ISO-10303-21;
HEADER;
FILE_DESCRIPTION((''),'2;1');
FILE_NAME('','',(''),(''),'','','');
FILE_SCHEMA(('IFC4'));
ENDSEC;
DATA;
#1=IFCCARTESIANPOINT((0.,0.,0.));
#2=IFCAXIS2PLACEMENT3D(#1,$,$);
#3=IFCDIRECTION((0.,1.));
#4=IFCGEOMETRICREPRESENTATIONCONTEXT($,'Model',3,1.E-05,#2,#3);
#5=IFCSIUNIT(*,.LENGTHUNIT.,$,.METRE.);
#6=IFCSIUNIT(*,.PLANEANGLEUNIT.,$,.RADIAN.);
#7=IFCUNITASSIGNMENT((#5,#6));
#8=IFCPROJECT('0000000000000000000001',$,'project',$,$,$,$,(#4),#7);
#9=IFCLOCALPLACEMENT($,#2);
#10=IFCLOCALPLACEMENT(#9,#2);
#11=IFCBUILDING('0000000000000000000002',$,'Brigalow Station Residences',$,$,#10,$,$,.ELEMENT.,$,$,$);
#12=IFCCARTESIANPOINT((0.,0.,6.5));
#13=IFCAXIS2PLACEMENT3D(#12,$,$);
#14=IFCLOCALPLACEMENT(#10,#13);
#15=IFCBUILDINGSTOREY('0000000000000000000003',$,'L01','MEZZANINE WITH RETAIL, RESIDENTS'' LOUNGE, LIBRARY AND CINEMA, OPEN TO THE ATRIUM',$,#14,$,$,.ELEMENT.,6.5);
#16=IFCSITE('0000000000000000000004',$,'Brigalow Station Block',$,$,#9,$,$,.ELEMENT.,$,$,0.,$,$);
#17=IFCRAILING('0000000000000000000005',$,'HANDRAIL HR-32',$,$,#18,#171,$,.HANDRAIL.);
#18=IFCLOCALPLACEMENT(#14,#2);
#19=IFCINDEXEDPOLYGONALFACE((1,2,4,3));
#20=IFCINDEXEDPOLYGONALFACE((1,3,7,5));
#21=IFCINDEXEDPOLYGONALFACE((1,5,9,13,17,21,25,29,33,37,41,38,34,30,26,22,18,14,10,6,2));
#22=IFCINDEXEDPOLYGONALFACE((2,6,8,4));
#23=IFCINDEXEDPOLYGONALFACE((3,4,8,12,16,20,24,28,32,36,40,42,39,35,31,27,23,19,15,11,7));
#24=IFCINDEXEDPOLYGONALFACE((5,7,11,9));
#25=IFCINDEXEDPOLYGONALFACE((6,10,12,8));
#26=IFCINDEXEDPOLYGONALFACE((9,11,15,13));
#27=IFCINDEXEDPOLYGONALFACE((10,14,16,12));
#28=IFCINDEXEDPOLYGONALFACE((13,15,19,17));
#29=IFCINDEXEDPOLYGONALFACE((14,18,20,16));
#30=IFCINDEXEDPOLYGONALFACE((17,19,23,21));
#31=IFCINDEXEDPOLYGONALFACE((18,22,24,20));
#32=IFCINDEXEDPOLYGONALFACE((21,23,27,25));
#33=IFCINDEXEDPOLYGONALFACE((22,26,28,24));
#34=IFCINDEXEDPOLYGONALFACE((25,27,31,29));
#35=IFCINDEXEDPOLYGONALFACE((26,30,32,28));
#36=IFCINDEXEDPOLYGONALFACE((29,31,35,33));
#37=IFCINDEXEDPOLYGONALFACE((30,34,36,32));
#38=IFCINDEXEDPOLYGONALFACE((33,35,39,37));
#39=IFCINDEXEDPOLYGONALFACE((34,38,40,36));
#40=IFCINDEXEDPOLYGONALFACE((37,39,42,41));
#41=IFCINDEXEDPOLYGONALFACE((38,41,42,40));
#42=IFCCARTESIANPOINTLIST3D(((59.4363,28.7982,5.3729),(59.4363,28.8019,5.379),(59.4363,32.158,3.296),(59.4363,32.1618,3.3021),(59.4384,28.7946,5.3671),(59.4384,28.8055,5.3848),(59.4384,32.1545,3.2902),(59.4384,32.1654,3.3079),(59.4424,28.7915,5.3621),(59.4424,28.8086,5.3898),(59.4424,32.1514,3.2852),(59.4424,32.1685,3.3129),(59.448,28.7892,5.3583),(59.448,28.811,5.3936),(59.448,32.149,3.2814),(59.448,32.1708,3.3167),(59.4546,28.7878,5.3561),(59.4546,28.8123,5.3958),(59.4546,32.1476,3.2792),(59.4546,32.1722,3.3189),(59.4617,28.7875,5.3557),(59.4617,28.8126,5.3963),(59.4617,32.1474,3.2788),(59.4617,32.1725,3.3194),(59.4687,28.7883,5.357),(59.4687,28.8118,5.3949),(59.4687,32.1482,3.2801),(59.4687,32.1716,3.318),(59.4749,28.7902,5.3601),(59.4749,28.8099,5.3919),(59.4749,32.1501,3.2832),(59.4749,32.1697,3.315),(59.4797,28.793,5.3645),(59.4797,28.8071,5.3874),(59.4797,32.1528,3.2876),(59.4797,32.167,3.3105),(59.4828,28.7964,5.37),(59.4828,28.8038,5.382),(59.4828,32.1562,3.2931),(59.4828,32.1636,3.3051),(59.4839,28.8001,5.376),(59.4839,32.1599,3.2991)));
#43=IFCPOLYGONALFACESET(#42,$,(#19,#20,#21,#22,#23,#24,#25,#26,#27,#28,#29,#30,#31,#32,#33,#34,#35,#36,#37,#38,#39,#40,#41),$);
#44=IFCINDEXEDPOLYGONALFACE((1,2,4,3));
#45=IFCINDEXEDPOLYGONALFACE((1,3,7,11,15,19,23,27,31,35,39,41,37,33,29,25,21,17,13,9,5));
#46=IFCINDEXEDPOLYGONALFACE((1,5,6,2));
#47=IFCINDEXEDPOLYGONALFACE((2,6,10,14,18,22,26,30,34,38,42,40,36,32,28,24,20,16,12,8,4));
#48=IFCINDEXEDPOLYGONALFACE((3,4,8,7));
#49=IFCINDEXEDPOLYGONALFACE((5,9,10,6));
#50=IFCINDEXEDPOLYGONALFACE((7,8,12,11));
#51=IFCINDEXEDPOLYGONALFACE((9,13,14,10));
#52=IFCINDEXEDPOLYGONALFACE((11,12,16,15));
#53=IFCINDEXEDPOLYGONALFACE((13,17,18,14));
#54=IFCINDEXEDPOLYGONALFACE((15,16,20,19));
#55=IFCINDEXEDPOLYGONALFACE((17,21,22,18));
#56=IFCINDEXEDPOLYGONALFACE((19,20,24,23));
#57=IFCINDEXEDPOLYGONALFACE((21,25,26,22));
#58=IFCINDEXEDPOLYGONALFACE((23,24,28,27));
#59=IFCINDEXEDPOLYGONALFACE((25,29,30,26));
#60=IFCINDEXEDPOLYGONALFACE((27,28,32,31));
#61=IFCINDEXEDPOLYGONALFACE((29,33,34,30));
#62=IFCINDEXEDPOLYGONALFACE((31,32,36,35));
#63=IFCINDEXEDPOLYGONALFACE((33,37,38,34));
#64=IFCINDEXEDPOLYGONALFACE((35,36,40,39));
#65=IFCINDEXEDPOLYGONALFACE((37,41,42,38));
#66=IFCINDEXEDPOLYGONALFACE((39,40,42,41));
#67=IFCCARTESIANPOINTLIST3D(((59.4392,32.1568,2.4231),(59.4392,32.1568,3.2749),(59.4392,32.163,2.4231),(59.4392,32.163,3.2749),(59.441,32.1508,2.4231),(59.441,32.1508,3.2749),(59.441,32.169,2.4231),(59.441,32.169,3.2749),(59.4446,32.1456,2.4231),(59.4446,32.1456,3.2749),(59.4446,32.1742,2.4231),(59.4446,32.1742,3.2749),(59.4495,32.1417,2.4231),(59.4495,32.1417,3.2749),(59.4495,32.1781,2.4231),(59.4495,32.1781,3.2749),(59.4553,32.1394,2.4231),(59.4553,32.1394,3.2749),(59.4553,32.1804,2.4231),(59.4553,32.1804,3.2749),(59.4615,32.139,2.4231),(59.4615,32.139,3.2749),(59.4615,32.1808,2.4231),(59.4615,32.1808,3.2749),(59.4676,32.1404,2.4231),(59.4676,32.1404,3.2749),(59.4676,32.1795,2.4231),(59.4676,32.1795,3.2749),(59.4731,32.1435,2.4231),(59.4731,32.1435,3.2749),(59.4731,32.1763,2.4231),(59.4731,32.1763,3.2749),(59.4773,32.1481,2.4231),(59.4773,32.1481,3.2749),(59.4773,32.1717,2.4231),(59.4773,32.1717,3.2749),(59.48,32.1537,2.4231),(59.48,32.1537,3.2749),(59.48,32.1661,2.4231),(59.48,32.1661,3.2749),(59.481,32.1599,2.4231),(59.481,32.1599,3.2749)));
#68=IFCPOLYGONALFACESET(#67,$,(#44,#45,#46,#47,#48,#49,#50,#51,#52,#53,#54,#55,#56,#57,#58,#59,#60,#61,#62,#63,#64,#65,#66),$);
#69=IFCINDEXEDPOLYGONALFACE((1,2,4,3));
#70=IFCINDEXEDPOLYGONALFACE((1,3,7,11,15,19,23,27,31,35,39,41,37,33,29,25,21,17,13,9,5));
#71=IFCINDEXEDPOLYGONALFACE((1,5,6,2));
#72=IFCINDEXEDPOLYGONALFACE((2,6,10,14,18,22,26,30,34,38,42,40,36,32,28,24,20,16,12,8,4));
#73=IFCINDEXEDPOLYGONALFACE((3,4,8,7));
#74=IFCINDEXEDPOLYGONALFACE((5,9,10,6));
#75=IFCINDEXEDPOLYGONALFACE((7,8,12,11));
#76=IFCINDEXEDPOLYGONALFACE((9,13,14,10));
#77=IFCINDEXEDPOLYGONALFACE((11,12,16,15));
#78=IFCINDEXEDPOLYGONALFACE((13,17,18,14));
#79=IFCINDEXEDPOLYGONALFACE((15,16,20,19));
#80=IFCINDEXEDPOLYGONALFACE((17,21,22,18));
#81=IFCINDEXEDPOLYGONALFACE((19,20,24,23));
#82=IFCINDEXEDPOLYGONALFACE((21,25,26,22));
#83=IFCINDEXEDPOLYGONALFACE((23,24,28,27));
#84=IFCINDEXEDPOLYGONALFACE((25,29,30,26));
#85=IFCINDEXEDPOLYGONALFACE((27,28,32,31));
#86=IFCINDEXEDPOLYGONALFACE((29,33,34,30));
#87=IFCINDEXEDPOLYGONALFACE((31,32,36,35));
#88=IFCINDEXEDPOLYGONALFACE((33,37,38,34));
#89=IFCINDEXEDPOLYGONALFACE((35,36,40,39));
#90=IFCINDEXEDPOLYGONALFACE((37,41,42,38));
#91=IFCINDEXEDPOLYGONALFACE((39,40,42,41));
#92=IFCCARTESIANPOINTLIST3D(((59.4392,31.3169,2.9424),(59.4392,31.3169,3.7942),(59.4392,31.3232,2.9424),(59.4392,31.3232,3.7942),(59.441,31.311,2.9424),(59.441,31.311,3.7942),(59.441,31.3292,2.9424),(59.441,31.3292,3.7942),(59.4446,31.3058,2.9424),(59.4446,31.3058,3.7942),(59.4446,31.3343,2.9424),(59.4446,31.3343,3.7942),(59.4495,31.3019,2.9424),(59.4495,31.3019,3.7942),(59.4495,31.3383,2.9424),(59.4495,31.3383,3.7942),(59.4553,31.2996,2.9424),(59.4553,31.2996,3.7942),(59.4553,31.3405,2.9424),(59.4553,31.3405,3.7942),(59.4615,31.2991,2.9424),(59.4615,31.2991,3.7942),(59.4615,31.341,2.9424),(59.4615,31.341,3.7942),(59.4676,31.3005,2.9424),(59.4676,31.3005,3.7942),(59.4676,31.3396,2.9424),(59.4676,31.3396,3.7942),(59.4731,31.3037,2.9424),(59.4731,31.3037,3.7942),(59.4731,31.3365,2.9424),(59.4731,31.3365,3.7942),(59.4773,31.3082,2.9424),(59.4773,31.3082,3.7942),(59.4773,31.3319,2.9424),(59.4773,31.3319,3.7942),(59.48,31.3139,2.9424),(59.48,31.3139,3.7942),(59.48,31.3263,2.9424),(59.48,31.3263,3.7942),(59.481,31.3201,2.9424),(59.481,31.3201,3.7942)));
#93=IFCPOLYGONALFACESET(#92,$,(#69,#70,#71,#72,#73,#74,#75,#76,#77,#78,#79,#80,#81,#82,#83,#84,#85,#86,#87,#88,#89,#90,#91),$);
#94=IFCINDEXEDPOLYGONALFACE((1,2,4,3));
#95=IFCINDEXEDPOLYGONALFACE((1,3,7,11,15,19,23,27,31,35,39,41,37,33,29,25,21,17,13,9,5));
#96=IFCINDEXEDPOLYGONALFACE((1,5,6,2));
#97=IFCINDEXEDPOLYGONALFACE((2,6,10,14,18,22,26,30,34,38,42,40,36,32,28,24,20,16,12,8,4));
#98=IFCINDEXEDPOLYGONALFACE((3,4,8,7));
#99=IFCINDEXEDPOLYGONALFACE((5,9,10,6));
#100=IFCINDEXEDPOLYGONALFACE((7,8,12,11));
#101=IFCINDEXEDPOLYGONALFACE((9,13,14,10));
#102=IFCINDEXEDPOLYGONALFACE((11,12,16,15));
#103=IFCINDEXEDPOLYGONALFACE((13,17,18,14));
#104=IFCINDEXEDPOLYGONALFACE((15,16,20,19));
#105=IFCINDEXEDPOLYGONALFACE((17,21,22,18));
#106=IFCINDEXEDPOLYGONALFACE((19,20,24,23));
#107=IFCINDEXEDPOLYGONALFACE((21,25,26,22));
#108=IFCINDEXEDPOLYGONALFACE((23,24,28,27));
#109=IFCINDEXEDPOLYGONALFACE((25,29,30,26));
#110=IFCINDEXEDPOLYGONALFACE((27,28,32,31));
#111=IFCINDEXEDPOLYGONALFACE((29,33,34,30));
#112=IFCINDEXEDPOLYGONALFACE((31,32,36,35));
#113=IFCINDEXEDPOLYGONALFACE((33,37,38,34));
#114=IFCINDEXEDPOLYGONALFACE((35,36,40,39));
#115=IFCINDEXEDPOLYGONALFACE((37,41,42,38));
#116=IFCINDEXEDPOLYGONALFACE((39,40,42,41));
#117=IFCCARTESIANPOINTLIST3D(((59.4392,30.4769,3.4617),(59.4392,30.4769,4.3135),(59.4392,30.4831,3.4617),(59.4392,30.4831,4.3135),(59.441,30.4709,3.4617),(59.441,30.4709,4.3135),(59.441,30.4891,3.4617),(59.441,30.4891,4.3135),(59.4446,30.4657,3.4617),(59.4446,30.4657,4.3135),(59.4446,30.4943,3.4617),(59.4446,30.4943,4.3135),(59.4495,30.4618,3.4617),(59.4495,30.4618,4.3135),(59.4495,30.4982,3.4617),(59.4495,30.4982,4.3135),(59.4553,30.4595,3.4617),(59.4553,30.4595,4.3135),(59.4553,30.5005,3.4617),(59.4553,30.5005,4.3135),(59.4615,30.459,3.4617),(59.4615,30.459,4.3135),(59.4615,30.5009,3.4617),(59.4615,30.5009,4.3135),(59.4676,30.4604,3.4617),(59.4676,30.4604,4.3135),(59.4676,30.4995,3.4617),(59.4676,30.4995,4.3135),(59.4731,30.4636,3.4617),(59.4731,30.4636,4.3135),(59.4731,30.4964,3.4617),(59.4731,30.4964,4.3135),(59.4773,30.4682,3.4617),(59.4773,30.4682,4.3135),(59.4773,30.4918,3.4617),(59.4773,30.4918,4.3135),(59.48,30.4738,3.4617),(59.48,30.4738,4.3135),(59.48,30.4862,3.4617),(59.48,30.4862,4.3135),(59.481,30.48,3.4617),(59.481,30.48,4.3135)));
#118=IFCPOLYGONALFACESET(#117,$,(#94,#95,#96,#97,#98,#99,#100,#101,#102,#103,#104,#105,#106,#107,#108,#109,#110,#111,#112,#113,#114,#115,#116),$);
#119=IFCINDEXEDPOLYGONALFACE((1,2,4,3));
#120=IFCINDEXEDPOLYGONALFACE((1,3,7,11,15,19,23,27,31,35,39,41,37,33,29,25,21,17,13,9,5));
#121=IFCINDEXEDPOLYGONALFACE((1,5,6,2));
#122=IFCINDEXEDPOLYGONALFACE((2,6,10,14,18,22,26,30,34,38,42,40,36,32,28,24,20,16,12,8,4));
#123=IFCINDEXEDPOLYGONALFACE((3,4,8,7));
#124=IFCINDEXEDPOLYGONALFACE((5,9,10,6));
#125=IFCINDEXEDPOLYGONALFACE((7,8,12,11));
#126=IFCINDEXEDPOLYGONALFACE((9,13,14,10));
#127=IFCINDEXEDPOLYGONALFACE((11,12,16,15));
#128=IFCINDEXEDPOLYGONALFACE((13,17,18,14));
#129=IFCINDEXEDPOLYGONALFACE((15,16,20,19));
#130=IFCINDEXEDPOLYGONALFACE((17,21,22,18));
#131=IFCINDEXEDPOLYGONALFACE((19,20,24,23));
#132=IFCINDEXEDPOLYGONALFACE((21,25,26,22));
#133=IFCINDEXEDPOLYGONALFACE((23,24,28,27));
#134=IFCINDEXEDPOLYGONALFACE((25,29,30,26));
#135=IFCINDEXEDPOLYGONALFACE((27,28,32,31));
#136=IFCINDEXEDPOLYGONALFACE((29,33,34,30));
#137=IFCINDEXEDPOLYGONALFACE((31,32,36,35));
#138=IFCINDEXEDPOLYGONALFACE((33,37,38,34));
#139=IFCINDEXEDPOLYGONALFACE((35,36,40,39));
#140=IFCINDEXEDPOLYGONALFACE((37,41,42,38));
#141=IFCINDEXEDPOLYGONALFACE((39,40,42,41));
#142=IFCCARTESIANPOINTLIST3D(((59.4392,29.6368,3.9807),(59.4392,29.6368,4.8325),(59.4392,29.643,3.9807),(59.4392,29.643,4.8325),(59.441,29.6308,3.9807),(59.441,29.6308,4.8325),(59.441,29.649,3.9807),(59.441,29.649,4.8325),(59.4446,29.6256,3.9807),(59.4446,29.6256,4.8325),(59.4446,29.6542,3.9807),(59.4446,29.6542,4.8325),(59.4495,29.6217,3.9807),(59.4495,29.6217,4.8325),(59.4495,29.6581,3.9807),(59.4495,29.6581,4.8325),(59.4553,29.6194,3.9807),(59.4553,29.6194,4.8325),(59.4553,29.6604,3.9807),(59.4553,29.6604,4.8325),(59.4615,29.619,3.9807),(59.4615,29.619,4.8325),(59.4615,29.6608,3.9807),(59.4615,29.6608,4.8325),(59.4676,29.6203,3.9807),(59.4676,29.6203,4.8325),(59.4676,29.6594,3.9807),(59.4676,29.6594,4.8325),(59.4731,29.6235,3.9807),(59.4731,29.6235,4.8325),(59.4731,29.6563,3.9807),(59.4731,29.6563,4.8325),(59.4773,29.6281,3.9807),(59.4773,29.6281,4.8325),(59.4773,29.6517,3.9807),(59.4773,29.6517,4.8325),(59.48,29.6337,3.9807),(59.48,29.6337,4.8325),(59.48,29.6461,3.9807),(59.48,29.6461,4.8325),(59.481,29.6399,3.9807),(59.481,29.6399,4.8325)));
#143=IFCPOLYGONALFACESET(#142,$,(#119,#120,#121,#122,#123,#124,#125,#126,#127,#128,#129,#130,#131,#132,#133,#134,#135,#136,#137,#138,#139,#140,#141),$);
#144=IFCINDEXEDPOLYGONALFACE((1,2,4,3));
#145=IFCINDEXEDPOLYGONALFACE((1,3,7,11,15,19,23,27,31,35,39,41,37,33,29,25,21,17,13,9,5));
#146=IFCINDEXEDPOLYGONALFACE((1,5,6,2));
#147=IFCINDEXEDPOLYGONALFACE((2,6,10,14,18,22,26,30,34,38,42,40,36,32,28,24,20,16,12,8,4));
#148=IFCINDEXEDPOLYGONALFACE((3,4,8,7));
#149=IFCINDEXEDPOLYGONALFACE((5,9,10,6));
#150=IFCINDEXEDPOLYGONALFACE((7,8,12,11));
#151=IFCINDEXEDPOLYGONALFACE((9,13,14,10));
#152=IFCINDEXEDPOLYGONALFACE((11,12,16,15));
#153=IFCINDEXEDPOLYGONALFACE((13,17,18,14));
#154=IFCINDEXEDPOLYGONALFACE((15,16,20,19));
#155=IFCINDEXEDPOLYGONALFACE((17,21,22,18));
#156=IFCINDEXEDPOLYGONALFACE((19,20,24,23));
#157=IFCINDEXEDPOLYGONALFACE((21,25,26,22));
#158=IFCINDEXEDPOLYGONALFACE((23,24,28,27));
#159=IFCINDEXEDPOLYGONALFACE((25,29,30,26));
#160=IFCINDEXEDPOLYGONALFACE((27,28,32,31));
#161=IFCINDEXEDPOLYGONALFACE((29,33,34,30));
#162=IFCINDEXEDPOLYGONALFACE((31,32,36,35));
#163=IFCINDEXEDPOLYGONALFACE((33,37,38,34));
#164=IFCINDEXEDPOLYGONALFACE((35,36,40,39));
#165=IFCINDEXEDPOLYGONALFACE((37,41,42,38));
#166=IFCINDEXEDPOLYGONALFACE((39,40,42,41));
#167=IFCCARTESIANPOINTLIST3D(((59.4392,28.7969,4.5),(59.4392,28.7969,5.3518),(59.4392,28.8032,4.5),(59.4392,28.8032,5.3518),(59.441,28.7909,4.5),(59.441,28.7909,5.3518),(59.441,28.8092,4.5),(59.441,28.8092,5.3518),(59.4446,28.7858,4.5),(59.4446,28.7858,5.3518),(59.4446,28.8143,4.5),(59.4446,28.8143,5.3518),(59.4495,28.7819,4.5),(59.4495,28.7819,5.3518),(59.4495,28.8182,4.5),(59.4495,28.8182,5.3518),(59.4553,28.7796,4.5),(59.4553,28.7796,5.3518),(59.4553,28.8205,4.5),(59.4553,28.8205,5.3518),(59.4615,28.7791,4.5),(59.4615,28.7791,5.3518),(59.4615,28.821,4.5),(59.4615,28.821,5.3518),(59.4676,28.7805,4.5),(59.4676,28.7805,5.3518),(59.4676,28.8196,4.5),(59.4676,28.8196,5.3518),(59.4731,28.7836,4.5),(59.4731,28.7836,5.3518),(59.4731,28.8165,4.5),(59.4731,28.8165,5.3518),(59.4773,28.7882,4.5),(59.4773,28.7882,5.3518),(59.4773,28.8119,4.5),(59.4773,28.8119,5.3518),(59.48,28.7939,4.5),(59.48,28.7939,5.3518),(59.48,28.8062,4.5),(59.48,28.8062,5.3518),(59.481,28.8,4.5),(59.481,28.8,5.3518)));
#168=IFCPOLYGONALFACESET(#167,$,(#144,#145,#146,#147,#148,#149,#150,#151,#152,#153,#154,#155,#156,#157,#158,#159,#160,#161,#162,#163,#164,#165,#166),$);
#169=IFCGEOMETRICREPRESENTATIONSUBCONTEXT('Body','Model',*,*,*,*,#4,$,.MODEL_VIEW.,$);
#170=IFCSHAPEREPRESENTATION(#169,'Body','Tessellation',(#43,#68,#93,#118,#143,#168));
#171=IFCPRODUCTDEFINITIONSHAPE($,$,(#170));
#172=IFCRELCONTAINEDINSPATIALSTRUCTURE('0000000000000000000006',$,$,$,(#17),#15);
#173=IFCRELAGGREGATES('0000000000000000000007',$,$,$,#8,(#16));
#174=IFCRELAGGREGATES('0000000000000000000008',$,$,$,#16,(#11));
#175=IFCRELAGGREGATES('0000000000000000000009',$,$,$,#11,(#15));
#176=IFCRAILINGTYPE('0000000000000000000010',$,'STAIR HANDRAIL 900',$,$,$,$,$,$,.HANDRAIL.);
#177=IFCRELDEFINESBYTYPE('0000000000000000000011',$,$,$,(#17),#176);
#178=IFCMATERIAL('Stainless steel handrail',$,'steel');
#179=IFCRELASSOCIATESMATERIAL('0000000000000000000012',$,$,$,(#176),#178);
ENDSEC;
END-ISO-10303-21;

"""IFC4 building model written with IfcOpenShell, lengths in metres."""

from ifc_helpers import new_model, si_unit, direction, frame, origin, origin_2d, place, context, subcontext, project, spatial, circle, extrude, material, type_object, element, save


model = new_model("IFC4")

# Units and contexts
model_context = context("Model", 3, precision=1e-05, world=origin(), true_north=direction((0.0, 1.0)))
body_context = subcontext(model_context, "Body", "Model", "MODEL_VIEW")
ifc_project = project(units=[si_unit("LENGTHUNIT", "METRE"), si_unit("PLANEANGLEUNIT", "RADIAN")], contexts=[model_context])

# Site, building, storey
site_placement = place(None, origin())
site = spatial("IfcSite", under=ifc_project, at=site_placement, Name="Brigalow Station Block", CompositionType="ELEMENT", RefElevation=0.0)
building_placement = place(site_placement, origin())
building = spatial("IfcBuilding", under=site, at=building_placement, Name="Brigalow Station Residences", CompositionType="ELEMENT")
storey_placement = place(building_placement, frame((0.0, 0.0, 6.5)))
storey = spatial("IfcBuildingStorey", under=building, at=storey_placement, Name="L01", Description="MEZZANINE WITH RETAIL, RESIDENTS' LOUNGE, LIBRARY AND CINEMA, OPEN TO THE ATRIUM", CompositionType="ELEMENT", Elevation=6.5)

# Railing
ifc_material_1 = material(Name="Stainless steel handrail", Category="steel")
railing_type = type_object("IfcRailingType", Name="STAIR HANDRAIL 900", PredefinedType="HANDRAIL", material=ifc_material_1)
railing_placement = place(storey_placement, frame((59.46, 32.1599, 2.4231)))
element("IfcRailing", 1, at=railing_placement, inside=storey, type_object=railing_type, Name="HANDRAIL HR-32", PredefinedType="HANDRAIL", context=body_context, shape_type="SweptSolid", body=[
    extrude(circle(Radius=0.0239, at=origin_2d()), frame((0.0, 0.0, 0.876), z_axis=(0.0, -0.850606, 0.525803), x_axis=(1.0, 0.0, 0.0)), (0.0, 0.0, 1.0), 3.95),
    extrude(circle(Radius=0.021, at=origin_2d()), origin(), (0.0, 0.0, 1.0), 0.8518),
    extrude(circle(Radius=0.021, at=origin_2d()), frame((0.0, -0.8398, 0.5193)), (0.0, 0.0, 1.0), 0.8518),
    extrude(circle(Radius=0.021, at=origin_2d()), frame((0.0, -1.6799, 1.0386)), (0.0, 0.0, 1.0), 0.8518),
    extrude(circle(Radius=0.021, at=origin_2d()), frame((0.0, -2.52, 1.5576)), (0.0, 0.0, 1.0), 0.8518),
    extrude(circle(Radius=0.021, at=origin_2d()), frame((0.0, -3.3599, 2.0769)), (0.0, 0.0, 1.0), 0.8518),
])

save(model, "model.ifc")
